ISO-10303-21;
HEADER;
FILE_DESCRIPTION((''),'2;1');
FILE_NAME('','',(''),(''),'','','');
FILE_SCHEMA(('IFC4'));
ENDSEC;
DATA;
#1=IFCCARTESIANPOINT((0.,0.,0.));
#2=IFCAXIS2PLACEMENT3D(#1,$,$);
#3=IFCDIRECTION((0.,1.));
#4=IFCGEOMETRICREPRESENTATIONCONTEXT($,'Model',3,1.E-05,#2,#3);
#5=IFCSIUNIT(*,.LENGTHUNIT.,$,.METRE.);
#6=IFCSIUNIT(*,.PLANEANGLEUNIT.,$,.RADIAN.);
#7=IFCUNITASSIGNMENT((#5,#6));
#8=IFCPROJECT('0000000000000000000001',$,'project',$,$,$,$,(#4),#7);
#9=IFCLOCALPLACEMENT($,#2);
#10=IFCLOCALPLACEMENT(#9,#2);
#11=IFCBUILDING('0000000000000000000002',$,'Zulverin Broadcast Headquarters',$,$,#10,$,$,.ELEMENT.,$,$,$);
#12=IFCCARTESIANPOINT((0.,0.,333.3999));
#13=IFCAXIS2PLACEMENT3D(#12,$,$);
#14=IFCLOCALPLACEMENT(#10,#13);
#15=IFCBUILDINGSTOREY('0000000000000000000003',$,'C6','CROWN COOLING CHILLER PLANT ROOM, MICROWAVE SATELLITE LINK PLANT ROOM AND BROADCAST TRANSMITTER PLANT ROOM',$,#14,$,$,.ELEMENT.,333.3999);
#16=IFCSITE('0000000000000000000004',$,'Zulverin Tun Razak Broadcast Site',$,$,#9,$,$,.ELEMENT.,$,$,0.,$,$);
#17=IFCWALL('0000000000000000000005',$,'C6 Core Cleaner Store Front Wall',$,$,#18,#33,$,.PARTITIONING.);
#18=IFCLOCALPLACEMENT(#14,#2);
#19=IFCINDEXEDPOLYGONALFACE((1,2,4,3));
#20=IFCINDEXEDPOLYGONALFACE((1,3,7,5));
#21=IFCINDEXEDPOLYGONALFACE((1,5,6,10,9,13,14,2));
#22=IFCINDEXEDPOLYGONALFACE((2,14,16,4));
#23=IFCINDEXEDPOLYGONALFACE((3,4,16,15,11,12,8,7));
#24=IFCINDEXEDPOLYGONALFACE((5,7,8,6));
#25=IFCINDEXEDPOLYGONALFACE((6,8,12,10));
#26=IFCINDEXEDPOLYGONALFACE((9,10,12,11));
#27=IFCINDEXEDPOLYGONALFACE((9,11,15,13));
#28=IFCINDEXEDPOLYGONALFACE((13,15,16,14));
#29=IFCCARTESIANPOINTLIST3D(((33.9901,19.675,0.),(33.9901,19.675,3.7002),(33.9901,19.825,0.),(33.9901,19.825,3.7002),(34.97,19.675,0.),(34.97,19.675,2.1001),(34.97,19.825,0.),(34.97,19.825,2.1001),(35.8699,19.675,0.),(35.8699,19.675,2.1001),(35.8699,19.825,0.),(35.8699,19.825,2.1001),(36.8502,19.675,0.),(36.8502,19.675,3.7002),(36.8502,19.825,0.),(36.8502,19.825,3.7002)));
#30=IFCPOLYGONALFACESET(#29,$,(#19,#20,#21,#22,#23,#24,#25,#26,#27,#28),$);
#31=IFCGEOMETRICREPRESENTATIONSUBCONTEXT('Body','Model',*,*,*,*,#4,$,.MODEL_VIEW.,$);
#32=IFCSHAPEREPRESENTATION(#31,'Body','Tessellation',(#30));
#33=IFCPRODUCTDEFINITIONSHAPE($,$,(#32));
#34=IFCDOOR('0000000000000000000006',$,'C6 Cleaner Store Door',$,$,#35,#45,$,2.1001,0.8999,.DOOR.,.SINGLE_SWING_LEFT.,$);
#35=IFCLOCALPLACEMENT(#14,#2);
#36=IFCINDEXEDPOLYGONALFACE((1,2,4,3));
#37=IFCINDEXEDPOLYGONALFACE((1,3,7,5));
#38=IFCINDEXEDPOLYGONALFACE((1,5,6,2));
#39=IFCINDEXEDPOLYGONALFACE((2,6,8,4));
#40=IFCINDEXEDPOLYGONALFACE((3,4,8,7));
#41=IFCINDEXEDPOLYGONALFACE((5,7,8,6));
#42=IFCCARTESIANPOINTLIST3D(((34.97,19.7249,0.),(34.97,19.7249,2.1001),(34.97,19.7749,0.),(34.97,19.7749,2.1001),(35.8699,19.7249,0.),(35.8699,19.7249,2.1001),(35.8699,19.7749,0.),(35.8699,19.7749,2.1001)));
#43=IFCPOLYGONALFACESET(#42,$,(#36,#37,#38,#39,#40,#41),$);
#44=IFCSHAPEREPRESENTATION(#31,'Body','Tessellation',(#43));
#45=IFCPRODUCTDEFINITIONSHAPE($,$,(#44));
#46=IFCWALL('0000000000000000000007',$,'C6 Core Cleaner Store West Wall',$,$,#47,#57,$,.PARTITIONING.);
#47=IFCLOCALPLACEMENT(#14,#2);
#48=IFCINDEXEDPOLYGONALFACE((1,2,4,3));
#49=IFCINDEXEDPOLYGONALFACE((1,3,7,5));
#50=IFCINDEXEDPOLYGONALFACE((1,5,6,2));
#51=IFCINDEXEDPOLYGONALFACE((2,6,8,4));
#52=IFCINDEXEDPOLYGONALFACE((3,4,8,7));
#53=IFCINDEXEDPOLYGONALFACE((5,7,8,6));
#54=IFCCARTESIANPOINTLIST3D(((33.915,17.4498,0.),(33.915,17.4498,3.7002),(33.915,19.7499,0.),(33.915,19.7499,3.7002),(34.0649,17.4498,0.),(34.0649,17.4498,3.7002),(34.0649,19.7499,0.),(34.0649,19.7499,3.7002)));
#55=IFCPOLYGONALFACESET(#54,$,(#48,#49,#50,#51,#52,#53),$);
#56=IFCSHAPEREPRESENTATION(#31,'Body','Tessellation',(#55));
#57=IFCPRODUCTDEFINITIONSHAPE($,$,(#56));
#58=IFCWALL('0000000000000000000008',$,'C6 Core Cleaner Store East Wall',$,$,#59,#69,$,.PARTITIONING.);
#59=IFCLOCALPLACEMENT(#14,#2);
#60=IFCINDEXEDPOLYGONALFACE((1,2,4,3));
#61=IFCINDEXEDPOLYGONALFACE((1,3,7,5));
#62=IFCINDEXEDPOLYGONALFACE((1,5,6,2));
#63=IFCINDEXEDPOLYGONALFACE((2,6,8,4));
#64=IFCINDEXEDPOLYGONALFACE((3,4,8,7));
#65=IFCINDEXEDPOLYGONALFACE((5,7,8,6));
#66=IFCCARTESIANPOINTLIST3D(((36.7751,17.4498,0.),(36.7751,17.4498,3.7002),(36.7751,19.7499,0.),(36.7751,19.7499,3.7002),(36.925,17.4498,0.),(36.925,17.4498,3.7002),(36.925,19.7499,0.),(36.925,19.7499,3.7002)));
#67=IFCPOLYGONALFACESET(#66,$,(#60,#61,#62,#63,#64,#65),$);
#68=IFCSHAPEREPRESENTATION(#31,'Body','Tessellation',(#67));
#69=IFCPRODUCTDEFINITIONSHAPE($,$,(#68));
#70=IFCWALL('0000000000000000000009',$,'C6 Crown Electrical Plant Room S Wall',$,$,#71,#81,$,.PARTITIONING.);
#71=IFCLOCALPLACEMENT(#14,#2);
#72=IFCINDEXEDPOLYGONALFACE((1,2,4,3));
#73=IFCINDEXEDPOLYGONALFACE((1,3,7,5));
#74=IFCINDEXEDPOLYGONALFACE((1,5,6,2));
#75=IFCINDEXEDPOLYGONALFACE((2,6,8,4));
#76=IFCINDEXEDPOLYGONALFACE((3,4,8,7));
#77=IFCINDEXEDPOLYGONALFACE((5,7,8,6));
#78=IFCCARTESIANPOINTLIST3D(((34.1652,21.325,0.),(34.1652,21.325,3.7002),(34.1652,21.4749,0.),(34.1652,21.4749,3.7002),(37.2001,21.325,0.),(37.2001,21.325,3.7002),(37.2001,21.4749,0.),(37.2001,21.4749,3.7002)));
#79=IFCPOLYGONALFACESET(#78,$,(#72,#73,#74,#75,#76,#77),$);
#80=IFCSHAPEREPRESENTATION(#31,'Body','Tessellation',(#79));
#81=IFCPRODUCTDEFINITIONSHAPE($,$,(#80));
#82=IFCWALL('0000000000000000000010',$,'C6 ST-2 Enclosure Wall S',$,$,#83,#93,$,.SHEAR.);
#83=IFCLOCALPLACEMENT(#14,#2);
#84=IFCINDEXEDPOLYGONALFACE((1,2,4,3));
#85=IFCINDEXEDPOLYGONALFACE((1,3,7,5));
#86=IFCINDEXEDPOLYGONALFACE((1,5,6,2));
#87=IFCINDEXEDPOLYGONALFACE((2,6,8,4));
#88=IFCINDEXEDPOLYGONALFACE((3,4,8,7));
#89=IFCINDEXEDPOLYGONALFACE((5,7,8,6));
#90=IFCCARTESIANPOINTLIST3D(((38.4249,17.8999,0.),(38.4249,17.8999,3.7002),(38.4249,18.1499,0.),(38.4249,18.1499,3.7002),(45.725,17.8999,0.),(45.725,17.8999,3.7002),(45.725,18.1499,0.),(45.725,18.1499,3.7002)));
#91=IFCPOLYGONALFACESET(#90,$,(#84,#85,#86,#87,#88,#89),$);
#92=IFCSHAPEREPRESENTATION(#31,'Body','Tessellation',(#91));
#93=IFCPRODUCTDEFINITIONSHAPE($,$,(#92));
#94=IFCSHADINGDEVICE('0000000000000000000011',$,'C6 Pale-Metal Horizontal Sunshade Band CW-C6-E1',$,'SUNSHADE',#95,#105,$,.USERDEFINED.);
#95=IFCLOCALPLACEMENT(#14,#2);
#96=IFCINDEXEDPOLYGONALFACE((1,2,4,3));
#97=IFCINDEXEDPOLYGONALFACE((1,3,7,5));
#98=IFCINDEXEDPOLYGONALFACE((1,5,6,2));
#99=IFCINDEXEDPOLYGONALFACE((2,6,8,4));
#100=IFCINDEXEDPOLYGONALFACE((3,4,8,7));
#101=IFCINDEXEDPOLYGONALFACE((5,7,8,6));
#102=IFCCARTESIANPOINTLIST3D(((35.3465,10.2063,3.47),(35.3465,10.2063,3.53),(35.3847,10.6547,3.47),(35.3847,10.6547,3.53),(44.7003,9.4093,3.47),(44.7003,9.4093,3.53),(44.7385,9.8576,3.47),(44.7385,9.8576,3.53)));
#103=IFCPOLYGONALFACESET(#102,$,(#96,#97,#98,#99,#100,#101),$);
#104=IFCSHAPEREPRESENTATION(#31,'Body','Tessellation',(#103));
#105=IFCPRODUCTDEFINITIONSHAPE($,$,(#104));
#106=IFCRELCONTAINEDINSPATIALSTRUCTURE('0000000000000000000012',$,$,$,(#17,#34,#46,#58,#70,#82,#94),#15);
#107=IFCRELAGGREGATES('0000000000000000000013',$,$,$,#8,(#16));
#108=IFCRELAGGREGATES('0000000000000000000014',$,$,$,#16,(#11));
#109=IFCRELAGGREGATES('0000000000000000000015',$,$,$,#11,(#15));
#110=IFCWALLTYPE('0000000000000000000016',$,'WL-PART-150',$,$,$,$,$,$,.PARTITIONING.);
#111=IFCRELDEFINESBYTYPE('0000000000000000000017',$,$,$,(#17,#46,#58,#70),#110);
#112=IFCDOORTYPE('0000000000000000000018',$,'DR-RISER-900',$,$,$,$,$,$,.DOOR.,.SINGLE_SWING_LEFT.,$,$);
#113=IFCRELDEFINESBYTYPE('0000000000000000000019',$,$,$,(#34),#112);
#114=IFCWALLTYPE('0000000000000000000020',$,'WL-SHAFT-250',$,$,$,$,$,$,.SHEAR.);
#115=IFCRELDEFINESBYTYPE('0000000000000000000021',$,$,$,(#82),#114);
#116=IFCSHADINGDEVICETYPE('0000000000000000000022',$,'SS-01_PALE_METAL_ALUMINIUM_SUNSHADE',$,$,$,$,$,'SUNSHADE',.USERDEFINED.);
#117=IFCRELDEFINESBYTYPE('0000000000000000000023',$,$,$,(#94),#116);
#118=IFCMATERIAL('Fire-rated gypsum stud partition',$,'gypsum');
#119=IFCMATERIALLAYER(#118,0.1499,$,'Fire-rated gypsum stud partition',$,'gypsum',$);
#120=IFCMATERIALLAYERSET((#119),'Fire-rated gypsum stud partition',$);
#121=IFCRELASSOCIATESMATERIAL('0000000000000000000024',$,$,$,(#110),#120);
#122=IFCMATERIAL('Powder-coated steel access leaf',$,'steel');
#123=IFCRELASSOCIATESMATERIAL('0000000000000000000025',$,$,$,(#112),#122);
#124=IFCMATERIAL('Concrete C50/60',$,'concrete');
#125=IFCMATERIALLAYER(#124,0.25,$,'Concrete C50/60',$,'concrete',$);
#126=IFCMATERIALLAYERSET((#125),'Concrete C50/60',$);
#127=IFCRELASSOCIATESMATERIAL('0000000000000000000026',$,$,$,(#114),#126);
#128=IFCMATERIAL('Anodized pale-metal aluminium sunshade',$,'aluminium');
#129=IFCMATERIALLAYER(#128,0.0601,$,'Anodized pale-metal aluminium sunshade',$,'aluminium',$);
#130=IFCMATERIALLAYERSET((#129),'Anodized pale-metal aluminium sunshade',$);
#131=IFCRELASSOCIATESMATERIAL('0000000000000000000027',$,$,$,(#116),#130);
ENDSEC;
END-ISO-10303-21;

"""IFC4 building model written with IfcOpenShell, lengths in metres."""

from ifc_helpers import new_model, si_unit, direction, frame, frame_2d, origin, origin_2d, place, context, subcontext, project, spatial, rectangle, extrude, material, layer, layer_set, type_object, element, fill, save


model = new_model("IFC4")

# Units and contexts
model_context = context("Model", 3, precision=1e-05, world=origin(), true_north=direction((0.0, 1.0)))
body_context = subcontext(model_context, "Body", "Model", "MODEL_VIEW")
ifc_project = project(units=[si_unit("LENGTHUNIT", "METRE"), si_unit("PLANEANGLEUNIT", "RADIAN")], contexts=[model_context])

# Site, building, storey
site_placement = place(None, origin())
site = spatial("IfcSite", under=ifc_project, at=site_placement, Name="Zulverin Tun Razak Broadcast Site", CompositionType="ELEMENT", RefElevation=0.0)
building_placement = place(site_placement, origin())
building = spatial("IfcBuilding", under=site, at=building_placement, Name="Zulverin Broadcast Headquarters", CompositionType="ELEMENT")
storey_placement = place(building_placement, frame((0.0, 0.0, 333.3999)))
storey = spatial("IfcBuildingStorey", under=building, at=storey_placement, Name="C6", Description="CROWN COOLING CHILLER PLANT ROOM, MICROWAVE SATELLITE LINK PLANT ROOM AND BROADCAST TRANSMITTER PLANT ROOM", CompositionType="ELEMENT", Elevation=333.3999)

# Shared definitions
ifc_material_1 = material(Name="Concrete C50/60", Category="concrete")

# Wall, opening, door
ifc_material_2 = material(Name="Fire-rated gypsum stud partition", Category="gypsum")
ifc_layer_1 = layer(ifc_material_2, 0.1499, Name="Fire-rated gypsum stud partition", Category="gypsum")
ifc_layer_set_1 = layer_set([ifc_layer_1], Name="Fire-rated gypsum stud partition")
wall_type_1 = type_object("IfcWallType", Name="WL-PART-150", PredefinedType="PARTITIONING", material=ifc_layer_set_1)
wall_1_placement = place(storey_placement, frame((33.99, 19.75, 0.0), z_axis=(0.0, 0.0, 1.0), x_axis=(1.0, 0.0, 0.0)))
wall_1 = element("IfcWall", 1, at=wall_1_placement, inside=storey, type_object=wall_type_1, Name="C6 Core Cleaner Store Front Wall", PredefinedType="PARTITIONING", context=body_context, shape_type="SweptSolid", body=[
    extrude(rectangle(XDim=2.8601, YDim=0.1499, at=frame_2d((1.4302, 0.0))), origin(), (0.0, 0.0, 1.0), 3.7002),
])
opening_1_placement = place(wall_1_placement, frame((0.98, 0.0, 0.0)))
opening_1 = element("IfcOpeningElement", 2, at=opening_1_placement, cuts=wall_1, PredefinedType="OPENING", context=body_context, shape_type="SweptSolid", body=[
    extrude(rectangle(XDim=0.8999, YDim=2.1001, at=frame_2d((0.45, 1.05))), frame((0.0, 0.085, 0.0), z_axis=(0.0, -1.0, 0.0), x_axis=(1.0, 0.0, 0.0)), (0.0, 0.0, 1.0), 0.1699),
])
ifc_material_3 = material(Name="Powder-coated steel access leaf", Category="steel")
door_type_1 = type_object("IfcDoorType", Name="DR-RISER-900", OperationType="SINGLE_SWING_LEFT", PredefinedType="DOOR", material=ifc_material_3)
door_1_placement = place(opening_1_placement, origin())
door_1 = element("IfcDoor", 3, at=door_1_placement, inside=storey, type_object=door_type_1, Name="C6 Cleaner Store Door", OperationType="SINGLE_SWING_LEFT", OverallHeight=2.1001, OverallWidth=0.8999, PredefinedType="DOOR", context=body_context, shape_type="SweptSolid", body=[
    extrude(rectangle(XDim=0.8999, YDim=2.1001, at=frame_2d((0.45, 1.05))), frame((0.0, 0.0249, 0.0), z_axis=(0.0, -1.0, 0.0), x_axis=(1.0, 0.0, 0.0)), (0.0, 0.0, 1.0), 0.05),
])
fill(opening_1, door_1)

# Walls
for number, where, z_axis, x_axis, name in (
    (4, (33.99, 17.45, 0.0), (0.0, 0.0, 1.0), (0.0, 1.0, 0.0), "C6 Core Cleaner Store West Wall"),
    (5, (36.8501, 17.45, 0.0), (0.0, 0.0, 1.0), (0.0, 1.0, 0.0), "C6 Core Cleaner Store East Wall"),
):
    element("IfcWall", number, at=place(storey_placement, frame(where, z_axis=z_axis, x_axis=x_axis)), inside=storey, type_object=wall_type_1, Name=name, PredefinedType="PARTITIONING", context=body_context, shape_type="SweptSolid", body=[
        extrude(rectangle(XDim=2.3, YDim=0.1499, at=frame_2d((1.1499, 0.0))), origin(), (0.0, 0.0, 1.0), 3.7002),
    ])
wall_2_placement = place(storey_placement, frame((34.165, 21.3999, 0.0), z_axis=(0.0, 0.0, 1.0), x_axis=(1.0, 0.0, 0.0)))
element("IfcWall", 6, at=wall_2_placement, inside=storey, type_object=wall_type_1, Name="C6 Crown Electrical Plant Room S Wall", PredefinedType="PARTITIONING", context=body_context, shape_type="SweptSolid", body=[
    extrude(rectangle(XDim=3.0349, YDim=0.1499, at=frame_2d((1.5176, 0.0))), origin(), (0.0, 0.0, 1.0), 3.7002),
])
ifc_layer_2 = layer(ifc_material_1, 0.25, Name="Concrete C50/60", Category="concrete")
ifc_layer_set_2 = layer_set([ifc_layer_2], Name="Concrete C50/60")
wall_type_2 = type_object("IfcWallType", Name="WL-SHAFT-250", PredefinedType="SHEAR", material=ifc_layer_set_2)
wall_3_placement = place(storey_placement, frame((38.425, 18.0249, 0.0), z_axis=(0.0, 0.0, 1.0), x_axis=(1.0, 0.0, 0.0)))
element("IfcWall", 7, at=wall_3_placement, inside=storey, type_object=wall_type_2, Name="C6 ST-2 Enclosure Wall S", PredefinedType="SHEAR", context=body_context, shape_type="SweptSolid", body=[
    extrude(rectangle(XDim=7.3, YDim=0.25, at=frame_2d((3.6499, 0.0))), origin(), (0.0, 0.0, 1.0), 3.7002),
])

# Shading device
ifc_material_4 = material(Name="Anodized pale-metal aluminium sunshade", Category="aluminium")
ifc_layer_3 = layer(ifc_material_4, 0.0601, Name="Anodized pale-metal aluminium sunshade", Category="aluminium")
ifc_layer_set_3 = layer_set([ifc_layer_3], Name="Anodized pale-metal aluminium sunshade")
shading_device_type = type_object("IfcShadingDeviceType", Name="SS-01_PALE_METAL_ALUMINIUM_SUNSHADE", ElementType="SUNSHADE", PredefinedType="USERDEFINED", material=ifc_layer_set_3)
shading_device_placement = place(storey_placement, frame((40.0425, 10.032, 3.47), z_axis=(0.0, 0.0, 1.0), x_axis=(0.996389, -0.0849, 0.0)))
element("IfcShadingDevice", 8, at=shading_device_placement, inside=storey, type_object=shading_device_type, Name="C6 Pale-Metal Horizontal Sunshade Band CW-C6-E1", ObjectType="SUNSHADE", PredefinedType="USERDEFINED", context=body_context, shape_type="SweptSolid", body=[
    extrude(rectangle(XDim=9.3877, YDim=0.45, at=origin_2d()), origin(), (0.0, 0.0, 1.0), 0.0601),
])

save(model, "model.ifc")
